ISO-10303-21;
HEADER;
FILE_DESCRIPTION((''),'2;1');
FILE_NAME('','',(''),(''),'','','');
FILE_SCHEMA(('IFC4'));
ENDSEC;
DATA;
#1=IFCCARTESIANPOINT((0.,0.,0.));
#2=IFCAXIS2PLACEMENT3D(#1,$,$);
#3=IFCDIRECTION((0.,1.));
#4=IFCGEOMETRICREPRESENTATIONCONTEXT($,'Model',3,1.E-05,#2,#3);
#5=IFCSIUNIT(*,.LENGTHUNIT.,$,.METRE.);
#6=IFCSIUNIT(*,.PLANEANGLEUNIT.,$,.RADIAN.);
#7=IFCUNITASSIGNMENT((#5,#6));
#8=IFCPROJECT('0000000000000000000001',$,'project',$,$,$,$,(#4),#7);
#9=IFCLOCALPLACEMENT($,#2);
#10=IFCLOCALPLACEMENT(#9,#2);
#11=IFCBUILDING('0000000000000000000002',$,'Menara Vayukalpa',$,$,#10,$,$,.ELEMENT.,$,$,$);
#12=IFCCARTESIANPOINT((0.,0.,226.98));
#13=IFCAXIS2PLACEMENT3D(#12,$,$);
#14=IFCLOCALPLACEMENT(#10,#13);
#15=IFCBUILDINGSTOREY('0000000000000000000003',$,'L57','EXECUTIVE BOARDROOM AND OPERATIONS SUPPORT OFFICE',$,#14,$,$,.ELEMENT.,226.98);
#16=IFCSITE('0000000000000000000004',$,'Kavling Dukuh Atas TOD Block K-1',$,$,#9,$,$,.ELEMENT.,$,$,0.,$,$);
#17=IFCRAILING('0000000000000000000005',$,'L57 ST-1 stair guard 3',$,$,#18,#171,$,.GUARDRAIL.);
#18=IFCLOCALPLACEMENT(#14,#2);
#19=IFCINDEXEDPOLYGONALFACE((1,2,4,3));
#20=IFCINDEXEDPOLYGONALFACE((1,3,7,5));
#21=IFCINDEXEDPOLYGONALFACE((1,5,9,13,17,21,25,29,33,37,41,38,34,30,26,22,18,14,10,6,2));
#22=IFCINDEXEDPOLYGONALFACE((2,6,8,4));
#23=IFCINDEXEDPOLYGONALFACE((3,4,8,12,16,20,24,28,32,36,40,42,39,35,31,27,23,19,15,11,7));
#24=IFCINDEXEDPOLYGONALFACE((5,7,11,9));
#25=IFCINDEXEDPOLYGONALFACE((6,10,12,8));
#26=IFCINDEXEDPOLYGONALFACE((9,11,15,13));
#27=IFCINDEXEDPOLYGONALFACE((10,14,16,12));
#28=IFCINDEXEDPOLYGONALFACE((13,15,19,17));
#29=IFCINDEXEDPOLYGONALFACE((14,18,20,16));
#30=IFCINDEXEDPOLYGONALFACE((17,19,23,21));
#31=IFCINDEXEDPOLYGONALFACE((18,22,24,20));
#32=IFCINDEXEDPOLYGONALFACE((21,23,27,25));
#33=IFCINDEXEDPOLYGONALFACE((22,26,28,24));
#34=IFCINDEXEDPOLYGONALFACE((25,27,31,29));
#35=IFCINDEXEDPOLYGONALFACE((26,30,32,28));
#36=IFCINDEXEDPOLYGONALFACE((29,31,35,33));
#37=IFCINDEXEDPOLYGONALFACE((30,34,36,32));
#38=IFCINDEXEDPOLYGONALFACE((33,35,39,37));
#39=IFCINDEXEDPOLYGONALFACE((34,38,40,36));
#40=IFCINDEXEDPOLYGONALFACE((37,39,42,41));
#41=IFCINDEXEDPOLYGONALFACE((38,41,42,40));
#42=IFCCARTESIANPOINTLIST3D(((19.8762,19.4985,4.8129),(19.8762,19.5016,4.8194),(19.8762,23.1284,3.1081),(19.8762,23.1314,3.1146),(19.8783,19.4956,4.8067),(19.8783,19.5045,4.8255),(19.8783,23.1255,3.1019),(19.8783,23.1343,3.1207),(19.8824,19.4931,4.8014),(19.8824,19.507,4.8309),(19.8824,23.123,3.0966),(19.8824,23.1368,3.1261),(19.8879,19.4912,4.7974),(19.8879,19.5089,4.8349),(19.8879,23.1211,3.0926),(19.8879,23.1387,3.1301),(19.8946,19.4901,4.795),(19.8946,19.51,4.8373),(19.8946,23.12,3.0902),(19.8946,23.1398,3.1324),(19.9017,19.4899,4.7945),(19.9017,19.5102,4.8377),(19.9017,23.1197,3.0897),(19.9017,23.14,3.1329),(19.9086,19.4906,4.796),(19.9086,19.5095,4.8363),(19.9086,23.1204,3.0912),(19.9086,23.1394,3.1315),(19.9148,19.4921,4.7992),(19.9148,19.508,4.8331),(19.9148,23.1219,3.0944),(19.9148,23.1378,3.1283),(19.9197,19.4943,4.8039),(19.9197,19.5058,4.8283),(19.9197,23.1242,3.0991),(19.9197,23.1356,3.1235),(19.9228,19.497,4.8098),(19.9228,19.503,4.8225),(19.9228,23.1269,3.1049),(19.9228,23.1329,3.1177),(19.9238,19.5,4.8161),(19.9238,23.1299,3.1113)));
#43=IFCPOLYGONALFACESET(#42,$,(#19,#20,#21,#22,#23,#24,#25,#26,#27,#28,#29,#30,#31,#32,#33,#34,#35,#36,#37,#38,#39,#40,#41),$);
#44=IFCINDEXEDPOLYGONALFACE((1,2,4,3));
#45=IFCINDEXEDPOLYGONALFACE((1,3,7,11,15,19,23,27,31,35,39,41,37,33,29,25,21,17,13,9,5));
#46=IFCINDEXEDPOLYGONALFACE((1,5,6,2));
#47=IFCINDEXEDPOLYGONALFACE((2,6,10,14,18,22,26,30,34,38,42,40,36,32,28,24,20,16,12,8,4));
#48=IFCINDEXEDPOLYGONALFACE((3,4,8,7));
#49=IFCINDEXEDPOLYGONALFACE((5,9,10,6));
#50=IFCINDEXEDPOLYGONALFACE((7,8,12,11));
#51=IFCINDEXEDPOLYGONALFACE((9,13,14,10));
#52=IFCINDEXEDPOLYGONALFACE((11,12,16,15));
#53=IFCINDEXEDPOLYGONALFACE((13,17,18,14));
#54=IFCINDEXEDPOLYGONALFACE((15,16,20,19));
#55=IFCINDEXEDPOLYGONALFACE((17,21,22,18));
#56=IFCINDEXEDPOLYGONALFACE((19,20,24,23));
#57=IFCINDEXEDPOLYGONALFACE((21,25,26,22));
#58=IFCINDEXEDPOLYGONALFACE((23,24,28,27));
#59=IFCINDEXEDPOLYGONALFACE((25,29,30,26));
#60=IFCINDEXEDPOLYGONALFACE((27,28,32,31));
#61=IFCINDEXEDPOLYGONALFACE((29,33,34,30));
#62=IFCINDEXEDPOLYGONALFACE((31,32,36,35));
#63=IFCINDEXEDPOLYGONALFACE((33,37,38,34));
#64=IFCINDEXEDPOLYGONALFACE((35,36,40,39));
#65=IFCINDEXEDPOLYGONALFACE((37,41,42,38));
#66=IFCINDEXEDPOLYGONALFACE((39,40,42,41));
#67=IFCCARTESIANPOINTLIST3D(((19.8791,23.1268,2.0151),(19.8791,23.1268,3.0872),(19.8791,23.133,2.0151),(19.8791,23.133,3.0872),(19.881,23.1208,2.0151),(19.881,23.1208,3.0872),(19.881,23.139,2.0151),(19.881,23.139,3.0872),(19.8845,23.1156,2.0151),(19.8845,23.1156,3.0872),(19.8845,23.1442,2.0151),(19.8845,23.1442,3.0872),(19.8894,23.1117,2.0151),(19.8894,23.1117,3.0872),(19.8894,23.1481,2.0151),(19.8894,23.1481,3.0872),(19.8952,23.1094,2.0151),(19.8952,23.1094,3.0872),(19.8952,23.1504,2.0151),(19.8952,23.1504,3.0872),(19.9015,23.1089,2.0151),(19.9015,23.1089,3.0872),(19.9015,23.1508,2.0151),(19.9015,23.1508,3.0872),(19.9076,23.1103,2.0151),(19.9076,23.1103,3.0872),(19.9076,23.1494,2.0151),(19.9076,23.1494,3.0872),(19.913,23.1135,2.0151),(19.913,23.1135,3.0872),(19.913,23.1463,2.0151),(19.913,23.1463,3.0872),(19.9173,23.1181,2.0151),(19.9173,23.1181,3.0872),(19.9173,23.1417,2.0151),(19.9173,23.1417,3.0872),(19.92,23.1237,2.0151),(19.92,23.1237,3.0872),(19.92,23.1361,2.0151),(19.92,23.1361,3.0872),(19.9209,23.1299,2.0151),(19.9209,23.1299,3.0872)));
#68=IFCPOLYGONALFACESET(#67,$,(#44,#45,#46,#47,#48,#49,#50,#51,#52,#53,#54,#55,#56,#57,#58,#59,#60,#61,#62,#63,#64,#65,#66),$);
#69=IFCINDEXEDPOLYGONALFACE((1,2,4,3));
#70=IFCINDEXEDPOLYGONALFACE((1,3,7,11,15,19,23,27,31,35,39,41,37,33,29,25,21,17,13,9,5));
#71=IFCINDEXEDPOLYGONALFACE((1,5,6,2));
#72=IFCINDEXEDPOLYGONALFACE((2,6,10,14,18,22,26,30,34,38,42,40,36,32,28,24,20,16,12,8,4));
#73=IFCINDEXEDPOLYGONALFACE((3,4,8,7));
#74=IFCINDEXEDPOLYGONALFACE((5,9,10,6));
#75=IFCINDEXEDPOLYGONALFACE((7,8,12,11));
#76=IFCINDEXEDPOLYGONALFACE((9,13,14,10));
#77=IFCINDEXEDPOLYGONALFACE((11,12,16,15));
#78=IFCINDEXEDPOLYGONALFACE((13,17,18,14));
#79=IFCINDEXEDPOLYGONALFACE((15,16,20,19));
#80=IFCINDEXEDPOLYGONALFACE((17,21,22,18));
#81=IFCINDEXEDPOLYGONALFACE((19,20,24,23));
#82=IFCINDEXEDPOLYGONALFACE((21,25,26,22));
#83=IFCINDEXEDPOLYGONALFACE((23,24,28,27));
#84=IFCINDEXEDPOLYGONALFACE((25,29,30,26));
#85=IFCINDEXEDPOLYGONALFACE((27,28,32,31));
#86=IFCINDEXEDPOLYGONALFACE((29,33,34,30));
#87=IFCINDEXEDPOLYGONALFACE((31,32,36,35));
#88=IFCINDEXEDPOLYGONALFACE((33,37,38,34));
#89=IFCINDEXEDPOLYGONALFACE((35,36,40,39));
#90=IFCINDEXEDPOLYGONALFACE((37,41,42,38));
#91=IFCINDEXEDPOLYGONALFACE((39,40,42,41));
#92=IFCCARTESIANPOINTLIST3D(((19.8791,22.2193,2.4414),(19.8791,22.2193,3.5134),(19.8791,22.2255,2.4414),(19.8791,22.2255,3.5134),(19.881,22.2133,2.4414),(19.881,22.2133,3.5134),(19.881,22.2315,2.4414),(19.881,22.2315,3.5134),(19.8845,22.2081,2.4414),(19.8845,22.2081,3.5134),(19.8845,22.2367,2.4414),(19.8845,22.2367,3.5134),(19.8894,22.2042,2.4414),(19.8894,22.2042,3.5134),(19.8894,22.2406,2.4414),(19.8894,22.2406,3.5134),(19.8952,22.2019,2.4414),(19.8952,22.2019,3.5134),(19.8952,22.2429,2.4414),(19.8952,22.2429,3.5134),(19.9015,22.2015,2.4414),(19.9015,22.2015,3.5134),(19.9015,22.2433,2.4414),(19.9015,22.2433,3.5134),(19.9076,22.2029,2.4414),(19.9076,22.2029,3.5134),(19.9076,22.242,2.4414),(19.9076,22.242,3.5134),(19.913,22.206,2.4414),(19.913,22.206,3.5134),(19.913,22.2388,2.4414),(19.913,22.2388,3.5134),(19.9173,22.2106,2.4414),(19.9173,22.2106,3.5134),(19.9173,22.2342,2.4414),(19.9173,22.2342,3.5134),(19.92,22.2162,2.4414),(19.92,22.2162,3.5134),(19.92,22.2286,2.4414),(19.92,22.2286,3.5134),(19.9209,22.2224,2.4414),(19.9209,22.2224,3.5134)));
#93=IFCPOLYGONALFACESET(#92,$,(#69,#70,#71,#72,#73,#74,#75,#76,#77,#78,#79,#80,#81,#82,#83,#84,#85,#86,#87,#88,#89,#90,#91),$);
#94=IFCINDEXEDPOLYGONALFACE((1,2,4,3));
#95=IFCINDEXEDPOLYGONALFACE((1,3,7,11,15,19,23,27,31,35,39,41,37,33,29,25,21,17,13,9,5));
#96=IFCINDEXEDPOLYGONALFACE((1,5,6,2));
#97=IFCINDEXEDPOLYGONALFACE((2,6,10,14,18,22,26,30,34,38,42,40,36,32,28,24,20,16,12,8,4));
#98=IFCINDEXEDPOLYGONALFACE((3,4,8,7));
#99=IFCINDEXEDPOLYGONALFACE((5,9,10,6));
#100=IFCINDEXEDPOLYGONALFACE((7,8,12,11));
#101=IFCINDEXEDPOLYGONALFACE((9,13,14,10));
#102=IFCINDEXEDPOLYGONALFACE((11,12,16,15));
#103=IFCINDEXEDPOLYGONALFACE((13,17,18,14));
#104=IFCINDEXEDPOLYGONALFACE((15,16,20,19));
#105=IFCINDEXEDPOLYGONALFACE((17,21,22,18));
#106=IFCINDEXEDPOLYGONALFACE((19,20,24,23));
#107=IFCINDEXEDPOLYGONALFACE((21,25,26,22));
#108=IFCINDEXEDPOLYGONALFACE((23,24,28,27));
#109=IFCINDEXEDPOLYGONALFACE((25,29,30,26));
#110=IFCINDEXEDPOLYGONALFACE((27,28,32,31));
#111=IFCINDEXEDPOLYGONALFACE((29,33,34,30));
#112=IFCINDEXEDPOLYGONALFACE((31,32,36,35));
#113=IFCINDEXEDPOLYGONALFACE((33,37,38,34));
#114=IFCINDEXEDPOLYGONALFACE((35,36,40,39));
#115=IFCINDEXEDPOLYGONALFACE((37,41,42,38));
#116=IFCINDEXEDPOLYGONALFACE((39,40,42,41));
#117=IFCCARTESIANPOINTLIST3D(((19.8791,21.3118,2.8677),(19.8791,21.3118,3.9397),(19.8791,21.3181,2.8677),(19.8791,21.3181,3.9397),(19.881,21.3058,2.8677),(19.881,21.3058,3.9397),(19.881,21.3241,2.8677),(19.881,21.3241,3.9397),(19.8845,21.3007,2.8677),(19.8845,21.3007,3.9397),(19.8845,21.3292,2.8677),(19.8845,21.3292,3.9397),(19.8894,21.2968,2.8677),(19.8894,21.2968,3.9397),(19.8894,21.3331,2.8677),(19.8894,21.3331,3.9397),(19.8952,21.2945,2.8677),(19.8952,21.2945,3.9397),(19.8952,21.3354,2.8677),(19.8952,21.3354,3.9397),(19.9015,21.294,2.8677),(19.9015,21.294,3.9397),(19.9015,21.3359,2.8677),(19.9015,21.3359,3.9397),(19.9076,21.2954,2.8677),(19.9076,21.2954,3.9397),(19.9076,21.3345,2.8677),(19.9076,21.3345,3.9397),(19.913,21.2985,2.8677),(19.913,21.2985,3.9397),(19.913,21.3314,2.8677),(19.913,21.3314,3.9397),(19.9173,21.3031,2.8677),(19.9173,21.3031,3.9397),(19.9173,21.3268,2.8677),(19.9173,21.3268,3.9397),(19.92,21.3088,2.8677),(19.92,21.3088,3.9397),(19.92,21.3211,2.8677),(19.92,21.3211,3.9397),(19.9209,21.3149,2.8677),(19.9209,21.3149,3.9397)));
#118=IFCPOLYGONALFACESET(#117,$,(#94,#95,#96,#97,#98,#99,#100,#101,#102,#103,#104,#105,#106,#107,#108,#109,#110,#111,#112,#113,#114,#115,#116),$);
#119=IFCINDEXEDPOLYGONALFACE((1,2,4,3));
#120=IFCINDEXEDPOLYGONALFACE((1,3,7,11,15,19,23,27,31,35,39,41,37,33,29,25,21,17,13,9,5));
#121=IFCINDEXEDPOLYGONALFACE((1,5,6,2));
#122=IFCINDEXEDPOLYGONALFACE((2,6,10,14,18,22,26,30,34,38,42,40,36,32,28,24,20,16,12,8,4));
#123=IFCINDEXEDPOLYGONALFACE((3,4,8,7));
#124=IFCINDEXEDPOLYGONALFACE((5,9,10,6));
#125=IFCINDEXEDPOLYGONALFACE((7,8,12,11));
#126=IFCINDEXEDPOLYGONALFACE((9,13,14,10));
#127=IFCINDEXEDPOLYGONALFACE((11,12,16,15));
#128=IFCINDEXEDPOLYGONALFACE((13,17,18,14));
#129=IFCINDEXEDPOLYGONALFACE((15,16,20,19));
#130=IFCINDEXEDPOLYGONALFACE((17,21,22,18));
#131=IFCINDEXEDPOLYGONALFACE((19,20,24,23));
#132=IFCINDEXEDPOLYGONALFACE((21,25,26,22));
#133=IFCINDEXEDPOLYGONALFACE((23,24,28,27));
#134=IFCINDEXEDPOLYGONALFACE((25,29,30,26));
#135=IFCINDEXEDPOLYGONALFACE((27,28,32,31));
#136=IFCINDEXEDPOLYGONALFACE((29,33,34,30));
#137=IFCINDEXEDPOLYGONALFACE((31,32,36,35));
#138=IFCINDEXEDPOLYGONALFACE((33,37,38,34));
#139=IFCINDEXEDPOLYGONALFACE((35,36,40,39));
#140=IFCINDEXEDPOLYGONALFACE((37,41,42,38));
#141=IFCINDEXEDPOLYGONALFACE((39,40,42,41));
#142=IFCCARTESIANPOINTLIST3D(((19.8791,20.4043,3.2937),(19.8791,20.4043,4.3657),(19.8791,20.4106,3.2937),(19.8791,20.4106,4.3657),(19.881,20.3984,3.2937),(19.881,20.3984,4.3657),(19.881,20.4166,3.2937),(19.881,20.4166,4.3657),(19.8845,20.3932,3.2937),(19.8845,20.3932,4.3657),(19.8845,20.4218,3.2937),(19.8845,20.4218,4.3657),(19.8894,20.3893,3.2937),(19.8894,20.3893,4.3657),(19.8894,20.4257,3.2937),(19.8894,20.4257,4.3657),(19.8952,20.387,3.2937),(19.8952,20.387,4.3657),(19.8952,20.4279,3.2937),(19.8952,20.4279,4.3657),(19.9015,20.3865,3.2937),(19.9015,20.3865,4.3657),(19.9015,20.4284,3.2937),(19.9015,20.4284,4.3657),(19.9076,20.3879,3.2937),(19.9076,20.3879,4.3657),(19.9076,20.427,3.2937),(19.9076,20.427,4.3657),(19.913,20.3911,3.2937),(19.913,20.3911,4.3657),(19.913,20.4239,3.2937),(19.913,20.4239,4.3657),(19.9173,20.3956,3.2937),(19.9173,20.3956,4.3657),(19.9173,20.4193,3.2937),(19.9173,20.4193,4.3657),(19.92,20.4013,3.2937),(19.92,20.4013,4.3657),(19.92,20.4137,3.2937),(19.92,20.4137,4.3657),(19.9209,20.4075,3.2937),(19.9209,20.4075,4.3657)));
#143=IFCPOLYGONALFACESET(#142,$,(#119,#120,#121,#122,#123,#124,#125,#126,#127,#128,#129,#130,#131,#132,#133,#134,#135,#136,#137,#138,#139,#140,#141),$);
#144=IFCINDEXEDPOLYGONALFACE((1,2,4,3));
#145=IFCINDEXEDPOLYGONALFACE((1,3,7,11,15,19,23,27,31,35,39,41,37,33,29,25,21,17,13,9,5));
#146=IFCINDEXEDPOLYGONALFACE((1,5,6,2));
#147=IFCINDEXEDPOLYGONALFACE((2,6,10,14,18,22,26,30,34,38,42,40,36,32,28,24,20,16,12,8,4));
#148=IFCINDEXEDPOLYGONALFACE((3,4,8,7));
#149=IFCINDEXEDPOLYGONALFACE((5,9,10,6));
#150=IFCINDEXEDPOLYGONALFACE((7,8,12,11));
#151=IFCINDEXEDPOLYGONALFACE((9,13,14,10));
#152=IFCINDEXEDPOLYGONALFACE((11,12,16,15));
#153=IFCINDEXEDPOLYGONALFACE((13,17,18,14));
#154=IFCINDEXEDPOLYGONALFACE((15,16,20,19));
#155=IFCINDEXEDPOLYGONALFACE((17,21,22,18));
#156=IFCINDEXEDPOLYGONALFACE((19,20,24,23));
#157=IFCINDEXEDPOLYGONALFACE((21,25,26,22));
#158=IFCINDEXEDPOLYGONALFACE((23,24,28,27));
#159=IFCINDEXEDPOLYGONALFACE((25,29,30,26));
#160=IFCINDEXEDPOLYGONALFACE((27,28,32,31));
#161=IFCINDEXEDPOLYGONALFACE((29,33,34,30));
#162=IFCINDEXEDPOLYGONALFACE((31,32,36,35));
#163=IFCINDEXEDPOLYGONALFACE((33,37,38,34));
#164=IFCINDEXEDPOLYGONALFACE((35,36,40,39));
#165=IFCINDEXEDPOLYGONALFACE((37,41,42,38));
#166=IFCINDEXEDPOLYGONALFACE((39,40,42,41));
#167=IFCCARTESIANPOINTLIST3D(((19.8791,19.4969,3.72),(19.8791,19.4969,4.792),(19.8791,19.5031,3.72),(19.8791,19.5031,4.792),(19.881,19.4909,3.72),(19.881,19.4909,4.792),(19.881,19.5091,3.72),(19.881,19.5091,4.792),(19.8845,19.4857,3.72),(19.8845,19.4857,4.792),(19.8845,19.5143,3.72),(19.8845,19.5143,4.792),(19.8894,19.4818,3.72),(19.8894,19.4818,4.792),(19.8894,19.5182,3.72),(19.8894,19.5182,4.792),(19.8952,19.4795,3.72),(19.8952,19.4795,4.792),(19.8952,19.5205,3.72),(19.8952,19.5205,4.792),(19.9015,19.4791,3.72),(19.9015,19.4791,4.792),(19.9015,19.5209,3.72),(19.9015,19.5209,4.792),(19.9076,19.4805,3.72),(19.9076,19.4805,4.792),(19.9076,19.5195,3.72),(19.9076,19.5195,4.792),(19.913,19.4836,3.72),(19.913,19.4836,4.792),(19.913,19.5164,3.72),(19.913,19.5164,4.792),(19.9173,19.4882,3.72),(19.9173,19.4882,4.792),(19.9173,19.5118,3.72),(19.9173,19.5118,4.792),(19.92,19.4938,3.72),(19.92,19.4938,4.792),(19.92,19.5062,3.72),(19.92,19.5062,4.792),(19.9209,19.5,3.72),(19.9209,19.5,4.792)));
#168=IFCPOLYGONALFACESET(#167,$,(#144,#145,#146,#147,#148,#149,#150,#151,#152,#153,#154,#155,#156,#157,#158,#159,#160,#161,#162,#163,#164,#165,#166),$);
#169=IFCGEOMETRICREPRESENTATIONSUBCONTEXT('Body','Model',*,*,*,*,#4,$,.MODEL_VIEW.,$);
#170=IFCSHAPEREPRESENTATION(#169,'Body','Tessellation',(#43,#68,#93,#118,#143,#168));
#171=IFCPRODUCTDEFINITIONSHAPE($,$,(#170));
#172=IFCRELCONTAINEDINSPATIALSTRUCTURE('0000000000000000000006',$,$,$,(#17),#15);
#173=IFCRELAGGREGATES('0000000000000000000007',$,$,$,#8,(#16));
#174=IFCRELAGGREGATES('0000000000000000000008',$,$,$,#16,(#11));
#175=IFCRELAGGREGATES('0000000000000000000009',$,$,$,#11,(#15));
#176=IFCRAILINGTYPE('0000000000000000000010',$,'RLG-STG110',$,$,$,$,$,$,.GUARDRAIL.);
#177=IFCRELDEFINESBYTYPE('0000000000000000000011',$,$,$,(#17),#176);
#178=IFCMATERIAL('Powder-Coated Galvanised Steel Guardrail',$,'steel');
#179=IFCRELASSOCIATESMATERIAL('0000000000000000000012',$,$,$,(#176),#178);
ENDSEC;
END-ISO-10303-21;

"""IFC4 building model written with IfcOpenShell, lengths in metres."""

from ifc_helpers import new_model, si_unit, direction, frame, origin, origin_2d, place, context, subcontext, project, spatial, circle, extrude, material, type_object, element, save


model = new_model("IFC4")

# Units and contexts
model_context = context("Model", 3, precision=1e-05, world=origin(), true_north=direction((0.0, 1.0)))
body_context = subcontext(model_context, "Body", "Model", "MODEL_VIEW")
ifc_project = project(units=[si_unit("LENGTHUNIT", "METRE"), si_unit("PLANEANGLEUNIT", "RADIAN")], contexts=[model_context])

# Site, building, storey
site_placement = place(None, origin())
site = spatial("IfcSite", under=ifc_project, at=site_placement, Name="Kavling Dukuh Atas TOD Block K-1", CompositionType="ELEMENT", RefElevation=0.0)
building_placement = place(site_placement, origin())
building = spatial("IfcBuilding", under=site, at=building_placement, Name="Menara Vayukalpa", CompositionType="ELEMENT")
storey_placement = place(building_placement, frame((0.0, 0.0, 226.98)))
storey = spatial("IfcBuildingStorey", under=building, at=storey_placement, Name="L57", Description="EXECUTIVE BOARDROOM AND OPERATIONS SUPPORT OFFICE", CompositionType="ELEMENT", Elevation=226.98)

# Railing
ifc_material_1 = material(Name="Powder-Coated Galvanised Steel Guardrail", Category="steel")
railing_type_1 = type_object("IfcRailingType", Name="RLG-STG110", PredefinedType="GUARDRAIL", material=ifc_material_1)
railing_1_placement = place(storey_placement, frame((19.8999, 23.1299, 2.0151)))
element("IfcRailing", 1, at=railing_1_placement, inside=storey, type_object=railing_type_1, Name="L57 ST-1 stair guard 3", PredefinedType="GUARDRAIL", context=body_context, shape_type="SweptSolid", body=[
    extrude(circle(Radius=0.0239, at=origin_2d()), frame((0.0, 0.0, 1.0962), z_axis=(0.0, -0.90514, 0.425114), x_axis=(1.0, 0.0, 0.0)), (0.0, 0.0, 1.0), 4.0103),
    extrude(circle(Radius=0.021, at=origin_2d()), origin(), (0.0, 0.0, 1.0), 1.072),
    extrude(circle(Radius=0.021, at=origin_2d()), frame((0.0, -0.9075, 0.4263)), (0.0, 0.0, 1.0), 1.072),
    extrude(circle(Radius=0.021, at=origin_2d()), frame((0.0, -1.8149, 0.8525)), (0.0, 0.0, 1.0), 1.072),
    extrude(circle(Radius=0.021, at=origin_2d()), frame((0.0, -2.7224, 1.2786)), (0.0, 0.0, 1.0), 1.072),
    extrude(circle(Radius=0.021, at=origin_2d()), frame((0.0, -3.6299, 1.7048)), (0.0, 0.0, 1.0), 1.072),
])

save(model, "model.ifc")
